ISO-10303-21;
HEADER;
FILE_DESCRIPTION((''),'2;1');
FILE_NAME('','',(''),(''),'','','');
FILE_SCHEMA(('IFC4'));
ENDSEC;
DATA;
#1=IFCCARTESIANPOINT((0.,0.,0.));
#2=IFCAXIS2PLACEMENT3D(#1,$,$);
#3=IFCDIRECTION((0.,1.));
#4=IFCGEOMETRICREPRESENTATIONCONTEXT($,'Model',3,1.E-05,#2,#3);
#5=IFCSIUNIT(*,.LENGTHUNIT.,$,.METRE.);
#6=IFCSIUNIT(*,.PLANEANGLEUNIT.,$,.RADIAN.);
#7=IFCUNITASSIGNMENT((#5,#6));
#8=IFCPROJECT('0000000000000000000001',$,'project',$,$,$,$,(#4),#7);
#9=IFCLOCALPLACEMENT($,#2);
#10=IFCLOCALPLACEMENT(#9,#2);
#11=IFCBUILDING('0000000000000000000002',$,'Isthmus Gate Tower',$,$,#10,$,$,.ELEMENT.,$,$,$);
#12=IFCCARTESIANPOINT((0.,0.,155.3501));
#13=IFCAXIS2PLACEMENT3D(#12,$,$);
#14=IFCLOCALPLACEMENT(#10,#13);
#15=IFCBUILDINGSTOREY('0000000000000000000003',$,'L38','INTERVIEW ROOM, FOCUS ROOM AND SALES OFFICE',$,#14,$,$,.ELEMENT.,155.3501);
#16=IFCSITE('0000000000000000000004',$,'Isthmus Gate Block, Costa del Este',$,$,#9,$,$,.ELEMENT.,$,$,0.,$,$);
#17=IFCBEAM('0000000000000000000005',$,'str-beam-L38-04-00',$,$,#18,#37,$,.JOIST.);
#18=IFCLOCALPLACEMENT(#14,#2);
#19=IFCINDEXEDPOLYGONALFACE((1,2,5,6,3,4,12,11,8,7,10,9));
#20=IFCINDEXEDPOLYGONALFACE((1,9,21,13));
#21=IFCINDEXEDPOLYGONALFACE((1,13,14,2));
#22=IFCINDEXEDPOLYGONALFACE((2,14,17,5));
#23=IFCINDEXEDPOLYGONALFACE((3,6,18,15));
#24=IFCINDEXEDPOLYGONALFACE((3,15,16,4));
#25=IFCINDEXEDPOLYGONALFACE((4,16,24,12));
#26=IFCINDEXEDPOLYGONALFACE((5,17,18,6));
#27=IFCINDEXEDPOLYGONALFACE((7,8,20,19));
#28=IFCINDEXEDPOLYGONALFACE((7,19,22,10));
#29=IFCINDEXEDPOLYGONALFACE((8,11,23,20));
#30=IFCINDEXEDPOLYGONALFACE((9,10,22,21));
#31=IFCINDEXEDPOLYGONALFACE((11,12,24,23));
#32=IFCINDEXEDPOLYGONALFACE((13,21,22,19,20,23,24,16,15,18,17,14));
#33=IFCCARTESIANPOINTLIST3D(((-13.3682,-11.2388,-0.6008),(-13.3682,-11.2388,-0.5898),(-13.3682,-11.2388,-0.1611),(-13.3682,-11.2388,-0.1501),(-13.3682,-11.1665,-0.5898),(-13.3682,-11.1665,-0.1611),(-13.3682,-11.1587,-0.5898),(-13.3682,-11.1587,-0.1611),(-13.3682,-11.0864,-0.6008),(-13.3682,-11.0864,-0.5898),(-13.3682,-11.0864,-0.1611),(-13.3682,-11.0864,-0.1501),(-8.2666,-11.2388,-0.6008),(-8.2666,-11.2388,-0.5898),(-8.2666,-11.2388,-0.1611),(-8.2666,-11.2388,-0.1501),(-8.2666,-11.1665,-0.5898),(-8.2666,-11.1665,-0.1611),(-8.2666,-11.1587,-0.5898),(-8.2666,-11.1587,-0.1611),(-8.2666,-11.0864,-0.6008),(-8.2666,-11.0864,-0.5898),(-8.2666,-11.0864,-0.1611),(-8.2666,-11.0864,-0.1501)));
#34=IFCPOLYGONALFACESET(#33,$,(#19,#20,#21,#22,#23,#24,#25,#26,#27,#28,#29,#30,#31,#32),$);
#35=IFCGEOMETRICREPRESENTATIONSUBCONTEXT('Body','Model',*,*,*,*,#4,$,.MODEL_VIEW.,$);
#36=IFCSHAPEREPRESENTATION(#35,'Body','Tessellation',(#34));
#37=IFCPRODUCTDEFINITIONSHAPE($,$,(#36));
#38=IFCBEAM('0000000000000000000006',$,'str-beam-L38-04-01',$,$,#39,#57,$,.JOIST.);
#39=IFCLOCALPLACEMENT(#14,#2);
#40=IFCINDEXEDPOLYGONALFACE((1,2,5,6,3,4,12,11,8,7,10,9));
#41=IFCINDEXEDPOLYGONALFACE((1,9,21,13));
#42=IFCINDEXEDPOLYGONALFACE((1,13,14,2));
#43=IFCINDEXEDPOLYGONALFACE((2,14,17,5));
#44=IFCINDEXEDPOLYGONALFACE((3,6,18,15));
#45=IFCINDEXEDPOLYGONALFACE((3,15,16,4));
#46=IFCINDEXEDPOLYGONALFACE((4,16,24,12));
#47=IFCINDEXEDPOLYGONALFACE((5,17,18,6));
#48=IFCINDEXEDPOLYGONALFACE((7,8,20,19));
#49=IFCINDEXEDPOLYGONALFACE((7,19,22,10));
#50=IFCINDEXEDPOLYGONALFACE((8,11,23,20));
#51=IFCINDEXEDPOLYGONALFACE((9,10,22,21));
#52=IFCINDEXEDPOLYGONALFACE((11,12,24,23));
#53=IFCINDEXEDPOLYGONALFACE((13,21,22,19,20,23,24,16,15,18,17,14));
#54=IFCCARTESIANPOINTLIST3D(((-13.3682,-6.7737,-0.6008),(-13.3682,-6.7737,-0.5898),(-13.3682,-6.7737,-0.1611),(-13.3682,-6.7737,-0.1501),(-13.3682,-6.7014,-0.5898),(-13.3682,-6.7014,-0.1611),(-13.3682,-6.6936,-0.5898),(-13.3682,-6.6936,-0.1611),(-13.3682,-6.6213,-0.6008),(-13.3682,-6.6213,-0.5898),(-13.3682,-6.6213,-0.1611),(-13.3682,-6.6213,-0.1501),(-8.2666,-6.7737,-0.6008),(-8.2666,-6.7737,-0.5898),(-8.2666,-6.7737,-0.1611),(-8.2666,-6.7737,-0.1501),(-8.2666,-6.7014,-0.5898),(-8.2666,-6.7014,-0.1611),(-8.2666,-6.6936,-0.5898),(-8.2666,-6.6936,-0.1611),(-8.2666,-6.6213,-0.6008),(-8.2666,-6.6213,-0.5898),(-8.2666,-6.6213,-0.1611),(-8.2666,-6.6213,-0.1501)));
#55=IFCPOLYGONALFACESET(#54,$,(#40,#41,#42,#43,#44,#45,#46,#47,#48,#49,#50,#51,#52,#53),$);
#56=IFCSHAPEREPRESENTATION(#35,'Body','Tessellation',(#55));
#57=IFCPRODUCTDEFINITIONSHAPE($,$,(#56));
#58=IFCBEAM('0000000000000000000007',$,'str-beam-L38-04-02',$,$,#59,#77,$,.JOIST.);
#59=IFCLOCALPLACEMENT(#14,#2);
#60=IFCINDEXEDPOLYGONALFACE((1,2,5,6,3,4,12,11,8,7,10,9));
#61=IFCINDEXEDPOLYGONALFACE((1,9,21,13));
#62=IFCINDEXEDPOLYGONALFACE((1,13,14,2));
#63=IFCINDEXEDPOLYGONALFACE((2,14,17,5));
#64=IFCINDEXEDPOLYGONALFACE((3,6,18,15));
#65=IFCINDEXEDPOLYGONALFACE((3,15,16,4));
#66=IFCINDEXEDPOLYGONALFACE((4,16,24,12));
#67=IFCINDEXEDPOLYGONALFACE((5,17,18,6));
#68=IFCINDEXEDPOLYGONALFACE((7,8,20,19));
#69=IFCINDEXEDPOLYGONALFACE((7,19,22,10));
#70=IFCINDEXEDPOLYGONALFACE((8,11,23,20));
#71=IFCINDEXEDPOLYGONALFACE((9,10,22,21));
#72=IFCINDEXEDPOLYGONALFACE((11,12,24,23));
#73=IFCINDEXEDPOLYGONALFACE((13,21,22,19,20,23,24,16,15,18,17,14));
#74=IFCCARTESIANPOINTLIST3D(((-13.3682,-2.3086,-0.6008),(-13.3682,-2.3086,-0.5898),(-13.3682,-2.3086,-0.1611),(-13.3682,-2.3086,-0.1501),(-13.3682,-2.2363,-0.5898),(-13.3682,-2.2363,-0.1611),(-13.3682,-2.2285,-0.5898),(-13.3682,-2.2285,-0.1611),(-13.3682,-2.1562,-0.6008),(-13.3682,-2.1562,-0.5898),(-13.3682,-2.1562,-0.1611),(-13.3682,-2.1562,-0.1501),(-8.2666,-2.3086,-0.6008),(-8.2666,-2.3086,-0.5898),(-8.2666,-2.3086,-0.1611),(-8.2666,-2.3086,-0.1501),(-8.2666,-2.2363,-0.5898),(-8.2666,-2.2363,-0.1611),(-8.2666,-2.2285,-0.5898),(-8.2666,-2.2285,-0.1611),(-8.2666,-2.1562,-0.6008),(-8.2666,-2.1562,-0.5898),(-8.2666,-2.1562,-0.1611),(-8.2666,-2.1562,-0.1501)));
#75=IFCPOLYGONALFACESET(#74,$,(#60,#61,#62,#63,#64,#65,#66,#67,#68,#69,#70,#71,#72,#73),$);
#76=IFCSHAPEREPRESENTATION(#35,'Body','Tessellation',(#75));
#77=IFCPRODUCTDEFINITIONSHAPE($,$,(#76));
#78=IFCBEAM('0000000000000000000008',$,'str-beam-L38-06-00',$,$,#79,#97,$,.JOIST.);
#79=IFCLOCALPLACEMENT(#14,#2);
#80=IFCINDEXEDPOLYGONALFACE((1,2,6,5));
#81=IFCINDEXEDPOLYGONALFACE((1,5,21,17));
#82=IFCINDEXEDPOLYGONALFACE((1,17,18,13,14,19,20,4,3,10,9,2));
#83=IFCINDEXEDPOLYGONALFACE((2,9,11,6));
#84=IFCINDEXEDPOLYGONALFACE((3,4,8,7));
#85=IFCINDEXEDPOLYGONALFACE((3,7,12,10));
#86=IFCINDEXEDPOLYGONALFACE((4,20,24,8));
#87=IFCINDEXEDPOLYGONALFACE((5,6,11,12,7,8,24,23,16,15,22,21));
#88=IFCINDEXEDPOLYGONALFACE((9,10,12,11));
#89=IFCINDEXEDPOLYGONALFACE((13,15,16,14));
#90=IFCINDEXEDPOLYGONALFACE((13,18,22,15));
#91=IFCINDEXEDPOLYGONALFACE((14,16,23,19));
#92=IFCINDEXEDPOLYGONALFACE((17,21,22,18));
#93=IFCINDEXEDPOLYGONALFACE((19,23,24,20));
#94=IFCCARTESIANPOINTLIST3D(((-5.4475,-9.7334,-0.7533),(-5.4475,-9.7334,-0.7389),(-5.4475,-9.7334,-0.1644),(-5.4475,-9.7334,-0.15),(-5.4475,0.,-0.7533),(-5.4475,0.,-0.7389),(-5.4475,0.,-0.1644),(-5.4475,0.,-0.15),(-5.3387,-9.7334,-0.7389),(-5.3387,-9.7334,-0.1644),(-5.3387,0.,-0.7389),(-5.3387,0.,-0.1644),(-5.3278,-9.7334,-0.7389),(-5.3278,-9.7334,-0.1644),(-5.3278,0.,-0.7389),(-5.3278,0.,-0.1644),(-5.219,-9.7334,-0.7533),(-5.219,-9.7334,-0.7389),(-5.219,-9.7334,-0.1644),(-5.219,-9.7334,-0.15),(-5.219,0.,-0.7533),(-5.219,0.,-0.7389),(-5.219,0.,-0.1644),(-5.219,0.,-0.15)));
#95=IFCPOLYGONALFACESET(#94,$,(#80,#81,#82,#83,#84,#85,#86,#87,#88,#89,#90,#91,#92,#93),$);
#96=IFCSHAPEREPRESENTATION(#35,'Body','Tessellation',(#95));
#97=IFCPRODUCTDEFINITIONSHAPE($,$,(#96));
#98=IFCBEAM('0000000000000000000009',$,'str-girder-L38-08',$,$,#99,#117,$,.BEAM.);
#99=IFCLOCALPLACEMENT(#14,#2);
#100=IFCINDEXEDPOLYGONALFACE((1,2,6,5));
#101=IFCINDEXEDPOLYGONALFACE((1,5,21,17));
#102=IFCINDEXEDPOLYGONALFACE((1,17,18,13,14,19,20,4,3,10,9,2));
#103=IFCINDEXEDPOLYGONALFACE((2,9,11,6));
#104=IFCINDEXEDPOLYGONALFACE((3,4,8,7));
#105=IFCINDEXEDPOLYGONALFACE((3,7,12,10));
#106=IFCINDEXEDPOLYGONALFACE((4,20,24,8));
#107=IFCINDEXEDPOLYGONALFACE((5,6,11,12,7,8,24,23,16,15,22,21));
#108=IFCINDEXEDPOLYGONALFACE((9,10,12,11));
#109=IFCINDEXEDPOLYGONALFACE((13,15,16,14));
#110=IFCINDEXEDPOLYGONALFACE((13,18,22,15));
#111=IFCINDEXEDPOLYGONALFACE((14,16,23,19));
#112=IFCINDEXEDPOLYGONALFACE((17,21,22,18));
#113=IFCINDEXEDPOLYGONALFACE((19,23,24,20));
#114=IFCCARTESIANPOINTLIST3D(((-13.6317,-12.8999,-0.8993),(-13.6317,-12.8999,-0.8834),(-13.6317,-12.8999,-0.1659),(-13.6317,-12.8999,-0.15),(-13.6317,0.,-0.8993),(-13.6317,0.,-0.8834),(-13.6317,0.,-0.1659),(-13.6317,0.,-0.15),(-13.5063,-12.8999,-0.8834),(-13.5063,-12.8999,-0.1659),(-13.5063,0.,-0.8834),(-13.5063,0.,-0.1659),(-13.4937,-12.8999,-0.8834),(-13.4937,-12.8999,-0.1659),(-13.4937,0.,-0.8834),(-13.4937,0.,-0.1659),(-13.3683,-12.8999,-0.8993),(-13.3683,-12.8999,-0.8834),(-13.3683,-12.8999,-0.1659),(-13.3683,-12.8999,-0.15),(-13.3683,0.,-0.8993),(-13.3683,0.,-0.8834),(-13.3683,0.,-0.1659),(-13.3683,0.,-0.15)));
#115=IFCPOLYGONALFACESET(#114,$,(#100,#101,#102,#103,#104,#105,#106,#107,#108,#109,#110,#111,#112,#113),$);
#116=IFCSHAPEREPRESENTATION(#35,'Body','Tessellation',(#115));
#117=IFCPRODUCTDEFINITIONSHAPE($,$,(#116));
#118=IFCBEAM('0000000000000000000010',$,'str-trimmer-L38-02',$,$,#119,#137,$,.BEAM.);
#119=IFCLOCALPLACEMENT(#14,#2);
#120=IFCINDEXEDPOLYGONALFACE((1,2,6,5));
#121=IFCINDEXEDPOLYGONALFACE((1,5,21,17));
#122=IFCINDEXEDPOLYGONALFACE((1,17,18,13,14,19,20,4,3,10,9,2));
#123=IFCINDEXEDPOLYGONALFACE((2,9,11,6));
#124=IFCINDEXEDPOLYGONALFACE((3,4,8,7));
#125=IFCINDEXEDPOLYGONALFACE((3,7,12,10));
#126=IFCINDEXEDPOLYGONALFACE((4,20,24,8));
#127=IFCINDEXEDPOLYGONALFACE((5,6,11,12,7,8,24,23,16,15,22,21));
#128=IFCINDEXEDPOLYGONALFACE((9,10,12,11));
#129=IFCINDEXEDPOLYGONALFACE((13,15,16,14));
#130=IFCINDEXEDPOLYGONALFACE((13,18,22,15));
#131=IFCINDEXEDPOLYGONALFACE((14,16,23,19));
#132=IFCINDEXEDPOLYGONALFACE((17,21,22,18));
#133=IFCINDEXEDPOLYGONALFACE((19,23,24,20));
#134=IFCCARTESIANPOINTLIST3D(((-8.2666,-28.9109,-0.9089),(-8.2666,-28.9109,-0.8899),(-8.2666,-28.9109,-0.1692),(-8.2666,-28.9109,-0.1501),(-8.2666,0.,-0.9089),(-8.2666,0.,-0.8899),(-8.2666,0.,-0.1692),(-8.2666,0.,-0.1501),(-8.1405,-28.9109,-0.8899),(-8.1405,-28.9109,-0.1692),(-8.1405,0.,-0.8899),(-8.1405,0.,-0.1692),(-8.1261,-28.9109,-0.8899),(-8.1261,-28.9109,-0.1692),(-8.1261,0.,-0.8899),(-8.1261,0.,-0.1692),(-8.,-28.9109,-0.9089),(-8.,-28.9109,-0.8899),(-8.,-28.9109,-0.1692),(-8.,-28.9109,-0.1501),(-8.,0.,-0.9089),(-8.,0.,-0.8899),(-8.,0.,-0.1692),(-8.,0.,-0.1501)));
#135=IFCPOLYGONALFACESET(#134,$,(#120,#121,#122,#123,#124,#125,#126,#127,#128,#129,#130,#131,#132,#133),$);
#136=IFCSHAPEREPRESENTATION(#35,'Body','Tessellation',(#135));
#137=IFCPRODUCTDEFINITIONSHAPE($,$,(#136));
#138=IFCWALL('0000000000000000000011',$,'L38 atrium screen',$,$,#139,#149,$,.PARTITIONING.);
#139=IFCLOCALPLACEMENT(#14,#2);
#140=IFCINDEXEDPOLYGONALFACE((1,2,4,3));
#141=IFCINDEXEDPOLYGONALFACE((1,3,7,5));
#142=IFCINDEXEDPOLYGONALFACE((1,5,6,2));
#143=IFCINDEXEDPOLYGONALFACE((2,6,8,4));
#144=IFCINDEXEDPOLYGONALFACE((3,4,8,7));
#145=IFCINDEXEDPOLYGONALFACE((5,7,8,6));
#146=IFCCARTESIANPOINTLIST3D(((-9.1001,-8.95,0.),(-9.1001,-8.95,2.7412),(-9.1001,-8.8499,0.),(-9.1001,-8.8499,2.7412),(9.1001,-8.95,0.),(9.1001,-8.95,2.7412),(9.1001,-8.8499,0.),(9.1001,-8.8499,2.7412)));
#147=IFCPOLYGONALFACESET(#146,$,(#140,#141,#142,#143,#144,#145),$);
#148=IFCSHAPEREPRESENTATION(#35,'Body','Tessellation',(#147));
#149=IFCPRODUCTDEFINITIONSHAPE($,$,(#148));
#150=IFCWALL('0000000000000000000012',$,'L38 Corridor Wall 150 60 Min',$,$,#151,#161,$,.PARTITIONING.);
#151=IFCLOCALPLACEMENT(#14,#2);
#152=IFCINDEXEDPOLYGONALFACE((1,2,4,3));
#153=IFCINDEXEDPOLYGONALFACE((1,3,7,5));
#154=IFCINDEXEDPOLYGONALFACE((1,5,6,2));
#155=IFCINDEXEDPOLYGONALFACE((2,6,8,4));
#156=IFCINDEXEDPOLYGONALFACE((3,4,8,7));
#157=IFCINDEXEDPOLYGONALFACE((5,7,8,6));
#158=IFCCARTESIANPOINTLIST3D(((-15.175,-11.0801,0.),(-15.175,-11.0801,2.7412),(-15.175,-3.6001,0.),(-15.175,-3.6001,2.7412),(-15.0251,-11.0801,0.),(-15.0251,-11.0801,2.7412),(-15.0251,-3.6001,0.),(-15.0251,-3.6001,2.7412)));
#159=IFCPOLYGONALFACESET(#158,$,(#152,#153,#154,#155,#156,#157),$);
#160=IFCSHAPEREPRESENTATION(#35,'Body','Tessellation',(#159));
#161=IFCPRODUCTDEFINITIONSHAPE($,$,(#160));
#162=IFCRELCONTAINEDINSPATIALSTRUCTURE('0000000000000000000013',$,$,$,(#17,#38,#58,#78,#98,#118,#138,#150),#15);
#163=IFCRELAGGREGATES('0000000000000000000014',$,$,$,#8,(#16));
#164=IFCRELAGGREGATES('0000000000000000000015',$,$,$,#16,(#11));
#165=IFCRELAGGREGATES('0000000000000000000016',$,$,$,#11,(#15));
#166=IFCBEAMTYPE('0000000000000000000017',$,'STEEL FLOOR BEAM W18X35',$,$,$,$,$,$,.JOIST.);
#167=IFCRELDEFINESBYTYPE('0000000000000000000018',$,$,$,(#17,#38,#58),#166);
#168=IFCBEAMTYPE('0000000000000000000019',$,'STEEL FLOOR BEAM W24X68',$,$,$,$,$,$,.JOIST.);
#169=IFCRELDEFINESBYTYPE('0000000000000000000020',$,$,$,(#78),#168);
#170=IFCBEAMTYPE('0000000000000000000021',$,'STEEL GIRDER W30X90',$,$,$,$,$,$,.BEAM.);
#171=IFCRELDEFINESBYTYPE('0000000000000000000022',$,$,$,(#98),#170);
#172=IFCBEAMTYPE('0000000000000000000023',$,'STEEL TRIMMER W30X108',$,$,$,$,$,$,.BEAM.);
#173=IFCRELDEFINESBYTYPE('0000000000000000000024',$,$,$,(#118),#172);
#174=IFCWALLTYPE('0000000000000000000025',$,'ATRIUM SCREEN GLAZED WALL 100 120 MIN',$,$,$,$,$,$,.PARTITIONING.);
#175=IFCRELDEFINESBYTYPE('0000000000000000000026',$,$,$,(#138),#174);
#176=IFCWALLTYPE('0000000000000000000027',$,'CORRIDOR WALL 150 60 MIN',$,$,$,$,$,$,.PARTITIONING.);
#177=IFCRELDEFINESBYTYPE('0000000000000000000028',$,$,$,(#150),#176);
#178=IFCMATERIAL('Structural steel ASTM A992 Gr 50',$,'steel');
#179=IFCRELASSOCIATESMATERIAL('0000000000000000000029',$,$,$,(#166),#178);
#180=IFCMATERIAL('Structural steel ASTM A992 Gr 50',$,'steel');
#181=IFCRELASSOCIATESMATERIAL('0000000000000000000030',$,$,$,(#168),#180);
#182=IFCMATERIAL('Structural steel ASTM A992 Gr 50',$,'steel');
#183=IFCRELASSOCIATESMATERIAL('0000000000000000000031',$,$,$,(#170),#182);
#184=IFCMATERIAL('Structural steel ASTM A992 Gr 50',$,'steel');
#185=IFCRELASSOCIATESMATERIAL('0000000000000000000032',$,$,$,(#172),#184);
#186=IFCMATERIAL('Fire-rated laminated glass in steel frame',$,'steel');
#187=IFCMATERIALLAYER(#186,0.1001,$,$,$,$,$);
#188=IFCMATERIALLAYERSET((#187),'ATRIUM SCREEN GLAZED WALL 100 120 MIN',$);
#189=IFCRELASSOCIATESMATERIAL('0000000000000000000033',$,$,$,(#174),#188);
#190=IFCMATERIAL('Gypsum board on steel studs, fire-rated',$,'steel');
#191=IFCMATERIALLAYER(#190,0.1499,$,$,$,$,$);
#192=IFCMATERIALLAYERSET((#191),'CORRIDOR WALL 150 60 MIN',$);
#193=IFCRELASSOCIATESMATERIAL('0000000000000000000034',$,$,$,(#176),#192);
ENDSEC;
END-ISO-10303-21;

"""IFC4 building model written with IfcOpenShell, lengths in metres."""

from ifc_helpers import new_model, si_unit, direction, frame, frame_2d, origin, origin_2d, place, context, subcontext, project, spatial, rectangle, i_section, extrude, material, layer, layer_set, material_profile, profile_set, type_object, element, save


model = new_model("IFC4")

# Units and contexts
model_context = context("Model", 3, precision=1e-05, world=origin(), true_north=direction((0.0, 1.0)))
body_context = subcontext(model_context, "Body", "Model", "MODEL_VIEW")
ifc_project = project(units=[si_unit("LENGTHUNIT", "METRE"), si_unit("PLANEANGLEUNIT", "RADIAN")], contexts=[model_context])

# Site, building, storey
site_placement = place(None, origin())
site = spatial("IfcSite", under=ifc_project, at=site_placement, Name="Isthmus Gate Block, Costa del Este", CompositionType="ELEMENT", RefElevation=0.0)
building_placement = place(site_placement, origin())
building = spatial("IfcBuilding", under=site, at=building_placement, Name="Isthmus Gate Tower", CompositionType="ELEMENT")
storey_placement = place(building_placement, frame((0.0, 0.0, 155.3501)))
storey = spatial("IfcBuildingStorey", under=building, at=storey_placement, Name="L38", Description="INTERVIEW ROOM, FOCUS ROOM AND SALES OFFICE", CompositionType="ELEMENT", Elevation=155.3501)

# Beams
ifc_material_1 = material(Name="Structural steel ASTM A992 Gr 50", Category="steel")
ifc_material_profile_1 = material_profile(ifc_material_1, i_section(OverallWidth=0.1523, OverallDepth=0.4507, WebThickness=0.0078, FlangeThickness=0.011, at=origin_2d()), Name="W18X35")
ifc_profile_set_1 = profile_set([ifc_material_profile_1], Name="Structural steel ASTM A992 Gr 50")
beam_type_1 = type_object("IfcBeamType", Name="STEEL FLOOR BEAM W18X35", PredefinedType="JOIST", material=ifc_profile_set_1)
for number, where, z_axis, x_axis, name in (
    (1, (-13.3682, -11.1626, -0.3755), (1.0, 0.0, 0.0), (0.0, 1.0, 0.0), "str-beam-L38-04-00"),
    (2, (-13.3682, -6.6975, -0.3755), (1.0, 0.0, 0.0), (0.0, 1.0, 0.0), "str-beam-L38-04-01"),
    (3, (-13.3682, -2.2324, -0.3755), (1.0, 0.0, 0.0), (0.0, 1.0, 0.0), "str-beam-L38-04-02"),
):
    element("IfcBeam", number, at=place(storey_placement, frame(where, z_axis=z_axis, x_axis=x_axis)), inside=storey, type_object=beam_type_1, Name=name, PredefinedType="JOIST", context=body_context, shape_type="SweptSolid", body=[
        extrude(i_section(OverallWidth=0.1523, OverallDepth=0.4507, WebThickness=0.0078, FlangeThickness=0.011, at=origin_2d()), origin(), (0.0, 0.0, 1.0), 5.1016),
    ])
ifc_material_2 = material(Name="Structural steel ASTM A992 Gr 50", Category="steel")
ifc_material_profile_2 = material_profile(ifc_material_2, i_section(OverallWidth=0.2285, OverallDepth=0.6033, WebThickness=0.011, FlangeThickness=0.0144, at=origin_2d()), Name="W24X68")
ifc_profile_set_2 = profile_set([ifc_material_profile_2], Name="Structural steel ASTM A992 Gr 50")
beam_type_2 = type_object("IfcBeamType", Name="STEEL FLOOR BEAM W24X68", PredefinedType="JOIST", material=ifc_profile_set_2)
beam_1_placement = place(storey_placement, frame((-5.3333, -9.7334, -0.4517), z_axis=(0.0, 1.0, 0.0), x_axis=(-1.0, 0.0, 0.0)))
element("IfcBeam", 4, at=beam_1_placement, inside=storey, type_object=beam_type_2, Name="str-beam-L38-06-00", PredefinedType="JOIST", context=body_context, shape_type="SweptSolid", body=[
    extrude(i_section(OverallWidth=0.2285, OverallDepth=0.6033, WebThickness=0.011, FlangeThickness=0.0144, at=origin_2d()), origin(), (0.0, 0.0, 1.0), 9.7334),
])
ifc_material_3 = material(Name="Structural steel ASTM A992 Gr 50", Category="steel")
ifc_material_profile_3 = material_profile(ifc_material_3, i_section(OverallWidth=0.2634, OverallDepth=0.7493, WebThickness=0.0127, FlangeThickness=0.0159, at=origin_2d()), Name="W30X90")
ifc_profile_set_3 = profile_set([ifc_material_profile_3], Name="Structural steel ASTM A992 Gr 50")
beam_type_3 = type_object("IfcBeamType", Name="STEEL GIRDER W30X90", PredefinedType="BEAM", material=ifc_profile_set_3)
beam_2_placement = place(storey_placement, frame((-13.5, -12.8999, -0.5247), z_axis=(0.0, 1.0, 0.0), x_axis=(-1.0, 0.0, 0.0)))
element("IfcBeam", 5, at=beam_2_placement, inside=storey, type_object=beam_type_3, Name="str-girder-L38-08", PredefinedType="BEAM", context=body_context, shape_type="SweptSolid", body=[
    extrude(i_section(OverallWidth=0.2634, OverallDepth=0.7493, WebThickness=0.0127, FlangeThickness=0.0159, at=origin_2d()), origin(), (0.0, 0.0, 1.0), 12.8999),
])
ifc_material_4 = material(Name="Structural steel ASTM A992 Gr 50", Category="steel")
ifc_material_profile_4 = material_profile(ifc_material_4, i_section(OverallWidth=0.2666, OverallDepth=0.7588, WebThickness=0.0144, FlangeThickness=0.019, at=origin_2d()), Name="W30X108")
ifc_profile_set_4 = profile_set([ifc_material_profile_4], Name="Structural steel ASTM A992 Gr 50")
beam_type_4 = type_object("IfcBeamType", Name="STEEL TRIMMER W30X108", PredefinedType="BEAM", material=ifc_profile_set_4)
beam_3_placement = place(storey_placement, frame((-8.1333, 0.0, -0.5295), z_axis=(0.0, -1.0, 0.0), x_axis=(1.0, 0.0, 0.0)))
element("IfcBeam", 6, at=beam_3_placement, inside=storey, type_object=beam_type_4, Name="str-trimmer-L38-02", PredefinedType="BEAM", context=body_context, shape_type="SweptSolid", body=[
    extrude(i_section(OverallWidth=0.2666, OverallDepth=0.7588, WebThickness=0.0144, FlangeThickness=0.019, at=origin_2d()), origin(), (0.0, 0.0, 1.0), 28.9109),
])

# Walls
ifc_material_5 = material(Name="Fire-rated laminated glass in steel frame", Category="steel")
ifc_layer_1 = layer(ifc_material_5, 0.1001)
ifc_layer_set_1 = layer_set([ifc_layer_1], Name="ATRIUM SCREEN GLAZED WALL 100 120 MIN")
wall_type_1 = type_object("IfcWallType", Name="ATRIUM SCREEN GLAZED WALL 100 120 MIN", PredefinedType="PARTITIONING", material=ifc_layer_set_1)
wall_1_placement = place(storey_placement, frame((-9.1001, -8.8999, 0.0), z_axis=(0.0, 0.0, 1.0), x_axis=(1.0, 0.0, 0.0)))
element("IfcWall", 7, at=wall_1_placement, inside=storey, type_object=wall_type_1, Name="L38 atrium screen", PredefinedType="PARTITIONING", context=body_context, shape_type="SweptSolid", body=[
    extrude(rectangle(XDim=18.2002, YDim=0.1001, at=frame_2d((9.1001, 0.0))), origin(), (0.0, 0.0, 1.0), 2.7412),
])
ifc_material_6 = material(Name="Gypsum board on steel studs, fire-rated", Category="steel")
ifc_layer_2 = layer(ifc_material_6, 0.1499)
ifc_layer_set_2 = layer_set([ifc_layer_2], Name="CORRIDOR WALL 150 60 MIN")
wall_type_2 = type_object("IfcWallType", Name="CORRIDOR WALL 150 60 MIN", PredefinedType="PARTITIONING", material=ifc_layer_set_2)
wall_2_placement = place(storey_placement, frame((-15.1001, -3.6001, 0.0), z_axis=(0.0, 0.0, 1.0), x_axis=(0.0, -1.0, 0.0)))
element("IfcWall", 8, at=wall_2_placement, inside=storey, type_object=wall_type_2, Name="L38 Corridor Wall 150 60 Min", PredefinedType="PARTITIONING", context=body_context, shape_type="SweptSolid", body=[
    extrude(rectangle(XDim=7.48, YDim=0.1499, at=frame_2d((3.74, 0.0))), origin(), (0.0, 0.0, 1.0), 2.7412),
])

save(model, "model.ifc")
